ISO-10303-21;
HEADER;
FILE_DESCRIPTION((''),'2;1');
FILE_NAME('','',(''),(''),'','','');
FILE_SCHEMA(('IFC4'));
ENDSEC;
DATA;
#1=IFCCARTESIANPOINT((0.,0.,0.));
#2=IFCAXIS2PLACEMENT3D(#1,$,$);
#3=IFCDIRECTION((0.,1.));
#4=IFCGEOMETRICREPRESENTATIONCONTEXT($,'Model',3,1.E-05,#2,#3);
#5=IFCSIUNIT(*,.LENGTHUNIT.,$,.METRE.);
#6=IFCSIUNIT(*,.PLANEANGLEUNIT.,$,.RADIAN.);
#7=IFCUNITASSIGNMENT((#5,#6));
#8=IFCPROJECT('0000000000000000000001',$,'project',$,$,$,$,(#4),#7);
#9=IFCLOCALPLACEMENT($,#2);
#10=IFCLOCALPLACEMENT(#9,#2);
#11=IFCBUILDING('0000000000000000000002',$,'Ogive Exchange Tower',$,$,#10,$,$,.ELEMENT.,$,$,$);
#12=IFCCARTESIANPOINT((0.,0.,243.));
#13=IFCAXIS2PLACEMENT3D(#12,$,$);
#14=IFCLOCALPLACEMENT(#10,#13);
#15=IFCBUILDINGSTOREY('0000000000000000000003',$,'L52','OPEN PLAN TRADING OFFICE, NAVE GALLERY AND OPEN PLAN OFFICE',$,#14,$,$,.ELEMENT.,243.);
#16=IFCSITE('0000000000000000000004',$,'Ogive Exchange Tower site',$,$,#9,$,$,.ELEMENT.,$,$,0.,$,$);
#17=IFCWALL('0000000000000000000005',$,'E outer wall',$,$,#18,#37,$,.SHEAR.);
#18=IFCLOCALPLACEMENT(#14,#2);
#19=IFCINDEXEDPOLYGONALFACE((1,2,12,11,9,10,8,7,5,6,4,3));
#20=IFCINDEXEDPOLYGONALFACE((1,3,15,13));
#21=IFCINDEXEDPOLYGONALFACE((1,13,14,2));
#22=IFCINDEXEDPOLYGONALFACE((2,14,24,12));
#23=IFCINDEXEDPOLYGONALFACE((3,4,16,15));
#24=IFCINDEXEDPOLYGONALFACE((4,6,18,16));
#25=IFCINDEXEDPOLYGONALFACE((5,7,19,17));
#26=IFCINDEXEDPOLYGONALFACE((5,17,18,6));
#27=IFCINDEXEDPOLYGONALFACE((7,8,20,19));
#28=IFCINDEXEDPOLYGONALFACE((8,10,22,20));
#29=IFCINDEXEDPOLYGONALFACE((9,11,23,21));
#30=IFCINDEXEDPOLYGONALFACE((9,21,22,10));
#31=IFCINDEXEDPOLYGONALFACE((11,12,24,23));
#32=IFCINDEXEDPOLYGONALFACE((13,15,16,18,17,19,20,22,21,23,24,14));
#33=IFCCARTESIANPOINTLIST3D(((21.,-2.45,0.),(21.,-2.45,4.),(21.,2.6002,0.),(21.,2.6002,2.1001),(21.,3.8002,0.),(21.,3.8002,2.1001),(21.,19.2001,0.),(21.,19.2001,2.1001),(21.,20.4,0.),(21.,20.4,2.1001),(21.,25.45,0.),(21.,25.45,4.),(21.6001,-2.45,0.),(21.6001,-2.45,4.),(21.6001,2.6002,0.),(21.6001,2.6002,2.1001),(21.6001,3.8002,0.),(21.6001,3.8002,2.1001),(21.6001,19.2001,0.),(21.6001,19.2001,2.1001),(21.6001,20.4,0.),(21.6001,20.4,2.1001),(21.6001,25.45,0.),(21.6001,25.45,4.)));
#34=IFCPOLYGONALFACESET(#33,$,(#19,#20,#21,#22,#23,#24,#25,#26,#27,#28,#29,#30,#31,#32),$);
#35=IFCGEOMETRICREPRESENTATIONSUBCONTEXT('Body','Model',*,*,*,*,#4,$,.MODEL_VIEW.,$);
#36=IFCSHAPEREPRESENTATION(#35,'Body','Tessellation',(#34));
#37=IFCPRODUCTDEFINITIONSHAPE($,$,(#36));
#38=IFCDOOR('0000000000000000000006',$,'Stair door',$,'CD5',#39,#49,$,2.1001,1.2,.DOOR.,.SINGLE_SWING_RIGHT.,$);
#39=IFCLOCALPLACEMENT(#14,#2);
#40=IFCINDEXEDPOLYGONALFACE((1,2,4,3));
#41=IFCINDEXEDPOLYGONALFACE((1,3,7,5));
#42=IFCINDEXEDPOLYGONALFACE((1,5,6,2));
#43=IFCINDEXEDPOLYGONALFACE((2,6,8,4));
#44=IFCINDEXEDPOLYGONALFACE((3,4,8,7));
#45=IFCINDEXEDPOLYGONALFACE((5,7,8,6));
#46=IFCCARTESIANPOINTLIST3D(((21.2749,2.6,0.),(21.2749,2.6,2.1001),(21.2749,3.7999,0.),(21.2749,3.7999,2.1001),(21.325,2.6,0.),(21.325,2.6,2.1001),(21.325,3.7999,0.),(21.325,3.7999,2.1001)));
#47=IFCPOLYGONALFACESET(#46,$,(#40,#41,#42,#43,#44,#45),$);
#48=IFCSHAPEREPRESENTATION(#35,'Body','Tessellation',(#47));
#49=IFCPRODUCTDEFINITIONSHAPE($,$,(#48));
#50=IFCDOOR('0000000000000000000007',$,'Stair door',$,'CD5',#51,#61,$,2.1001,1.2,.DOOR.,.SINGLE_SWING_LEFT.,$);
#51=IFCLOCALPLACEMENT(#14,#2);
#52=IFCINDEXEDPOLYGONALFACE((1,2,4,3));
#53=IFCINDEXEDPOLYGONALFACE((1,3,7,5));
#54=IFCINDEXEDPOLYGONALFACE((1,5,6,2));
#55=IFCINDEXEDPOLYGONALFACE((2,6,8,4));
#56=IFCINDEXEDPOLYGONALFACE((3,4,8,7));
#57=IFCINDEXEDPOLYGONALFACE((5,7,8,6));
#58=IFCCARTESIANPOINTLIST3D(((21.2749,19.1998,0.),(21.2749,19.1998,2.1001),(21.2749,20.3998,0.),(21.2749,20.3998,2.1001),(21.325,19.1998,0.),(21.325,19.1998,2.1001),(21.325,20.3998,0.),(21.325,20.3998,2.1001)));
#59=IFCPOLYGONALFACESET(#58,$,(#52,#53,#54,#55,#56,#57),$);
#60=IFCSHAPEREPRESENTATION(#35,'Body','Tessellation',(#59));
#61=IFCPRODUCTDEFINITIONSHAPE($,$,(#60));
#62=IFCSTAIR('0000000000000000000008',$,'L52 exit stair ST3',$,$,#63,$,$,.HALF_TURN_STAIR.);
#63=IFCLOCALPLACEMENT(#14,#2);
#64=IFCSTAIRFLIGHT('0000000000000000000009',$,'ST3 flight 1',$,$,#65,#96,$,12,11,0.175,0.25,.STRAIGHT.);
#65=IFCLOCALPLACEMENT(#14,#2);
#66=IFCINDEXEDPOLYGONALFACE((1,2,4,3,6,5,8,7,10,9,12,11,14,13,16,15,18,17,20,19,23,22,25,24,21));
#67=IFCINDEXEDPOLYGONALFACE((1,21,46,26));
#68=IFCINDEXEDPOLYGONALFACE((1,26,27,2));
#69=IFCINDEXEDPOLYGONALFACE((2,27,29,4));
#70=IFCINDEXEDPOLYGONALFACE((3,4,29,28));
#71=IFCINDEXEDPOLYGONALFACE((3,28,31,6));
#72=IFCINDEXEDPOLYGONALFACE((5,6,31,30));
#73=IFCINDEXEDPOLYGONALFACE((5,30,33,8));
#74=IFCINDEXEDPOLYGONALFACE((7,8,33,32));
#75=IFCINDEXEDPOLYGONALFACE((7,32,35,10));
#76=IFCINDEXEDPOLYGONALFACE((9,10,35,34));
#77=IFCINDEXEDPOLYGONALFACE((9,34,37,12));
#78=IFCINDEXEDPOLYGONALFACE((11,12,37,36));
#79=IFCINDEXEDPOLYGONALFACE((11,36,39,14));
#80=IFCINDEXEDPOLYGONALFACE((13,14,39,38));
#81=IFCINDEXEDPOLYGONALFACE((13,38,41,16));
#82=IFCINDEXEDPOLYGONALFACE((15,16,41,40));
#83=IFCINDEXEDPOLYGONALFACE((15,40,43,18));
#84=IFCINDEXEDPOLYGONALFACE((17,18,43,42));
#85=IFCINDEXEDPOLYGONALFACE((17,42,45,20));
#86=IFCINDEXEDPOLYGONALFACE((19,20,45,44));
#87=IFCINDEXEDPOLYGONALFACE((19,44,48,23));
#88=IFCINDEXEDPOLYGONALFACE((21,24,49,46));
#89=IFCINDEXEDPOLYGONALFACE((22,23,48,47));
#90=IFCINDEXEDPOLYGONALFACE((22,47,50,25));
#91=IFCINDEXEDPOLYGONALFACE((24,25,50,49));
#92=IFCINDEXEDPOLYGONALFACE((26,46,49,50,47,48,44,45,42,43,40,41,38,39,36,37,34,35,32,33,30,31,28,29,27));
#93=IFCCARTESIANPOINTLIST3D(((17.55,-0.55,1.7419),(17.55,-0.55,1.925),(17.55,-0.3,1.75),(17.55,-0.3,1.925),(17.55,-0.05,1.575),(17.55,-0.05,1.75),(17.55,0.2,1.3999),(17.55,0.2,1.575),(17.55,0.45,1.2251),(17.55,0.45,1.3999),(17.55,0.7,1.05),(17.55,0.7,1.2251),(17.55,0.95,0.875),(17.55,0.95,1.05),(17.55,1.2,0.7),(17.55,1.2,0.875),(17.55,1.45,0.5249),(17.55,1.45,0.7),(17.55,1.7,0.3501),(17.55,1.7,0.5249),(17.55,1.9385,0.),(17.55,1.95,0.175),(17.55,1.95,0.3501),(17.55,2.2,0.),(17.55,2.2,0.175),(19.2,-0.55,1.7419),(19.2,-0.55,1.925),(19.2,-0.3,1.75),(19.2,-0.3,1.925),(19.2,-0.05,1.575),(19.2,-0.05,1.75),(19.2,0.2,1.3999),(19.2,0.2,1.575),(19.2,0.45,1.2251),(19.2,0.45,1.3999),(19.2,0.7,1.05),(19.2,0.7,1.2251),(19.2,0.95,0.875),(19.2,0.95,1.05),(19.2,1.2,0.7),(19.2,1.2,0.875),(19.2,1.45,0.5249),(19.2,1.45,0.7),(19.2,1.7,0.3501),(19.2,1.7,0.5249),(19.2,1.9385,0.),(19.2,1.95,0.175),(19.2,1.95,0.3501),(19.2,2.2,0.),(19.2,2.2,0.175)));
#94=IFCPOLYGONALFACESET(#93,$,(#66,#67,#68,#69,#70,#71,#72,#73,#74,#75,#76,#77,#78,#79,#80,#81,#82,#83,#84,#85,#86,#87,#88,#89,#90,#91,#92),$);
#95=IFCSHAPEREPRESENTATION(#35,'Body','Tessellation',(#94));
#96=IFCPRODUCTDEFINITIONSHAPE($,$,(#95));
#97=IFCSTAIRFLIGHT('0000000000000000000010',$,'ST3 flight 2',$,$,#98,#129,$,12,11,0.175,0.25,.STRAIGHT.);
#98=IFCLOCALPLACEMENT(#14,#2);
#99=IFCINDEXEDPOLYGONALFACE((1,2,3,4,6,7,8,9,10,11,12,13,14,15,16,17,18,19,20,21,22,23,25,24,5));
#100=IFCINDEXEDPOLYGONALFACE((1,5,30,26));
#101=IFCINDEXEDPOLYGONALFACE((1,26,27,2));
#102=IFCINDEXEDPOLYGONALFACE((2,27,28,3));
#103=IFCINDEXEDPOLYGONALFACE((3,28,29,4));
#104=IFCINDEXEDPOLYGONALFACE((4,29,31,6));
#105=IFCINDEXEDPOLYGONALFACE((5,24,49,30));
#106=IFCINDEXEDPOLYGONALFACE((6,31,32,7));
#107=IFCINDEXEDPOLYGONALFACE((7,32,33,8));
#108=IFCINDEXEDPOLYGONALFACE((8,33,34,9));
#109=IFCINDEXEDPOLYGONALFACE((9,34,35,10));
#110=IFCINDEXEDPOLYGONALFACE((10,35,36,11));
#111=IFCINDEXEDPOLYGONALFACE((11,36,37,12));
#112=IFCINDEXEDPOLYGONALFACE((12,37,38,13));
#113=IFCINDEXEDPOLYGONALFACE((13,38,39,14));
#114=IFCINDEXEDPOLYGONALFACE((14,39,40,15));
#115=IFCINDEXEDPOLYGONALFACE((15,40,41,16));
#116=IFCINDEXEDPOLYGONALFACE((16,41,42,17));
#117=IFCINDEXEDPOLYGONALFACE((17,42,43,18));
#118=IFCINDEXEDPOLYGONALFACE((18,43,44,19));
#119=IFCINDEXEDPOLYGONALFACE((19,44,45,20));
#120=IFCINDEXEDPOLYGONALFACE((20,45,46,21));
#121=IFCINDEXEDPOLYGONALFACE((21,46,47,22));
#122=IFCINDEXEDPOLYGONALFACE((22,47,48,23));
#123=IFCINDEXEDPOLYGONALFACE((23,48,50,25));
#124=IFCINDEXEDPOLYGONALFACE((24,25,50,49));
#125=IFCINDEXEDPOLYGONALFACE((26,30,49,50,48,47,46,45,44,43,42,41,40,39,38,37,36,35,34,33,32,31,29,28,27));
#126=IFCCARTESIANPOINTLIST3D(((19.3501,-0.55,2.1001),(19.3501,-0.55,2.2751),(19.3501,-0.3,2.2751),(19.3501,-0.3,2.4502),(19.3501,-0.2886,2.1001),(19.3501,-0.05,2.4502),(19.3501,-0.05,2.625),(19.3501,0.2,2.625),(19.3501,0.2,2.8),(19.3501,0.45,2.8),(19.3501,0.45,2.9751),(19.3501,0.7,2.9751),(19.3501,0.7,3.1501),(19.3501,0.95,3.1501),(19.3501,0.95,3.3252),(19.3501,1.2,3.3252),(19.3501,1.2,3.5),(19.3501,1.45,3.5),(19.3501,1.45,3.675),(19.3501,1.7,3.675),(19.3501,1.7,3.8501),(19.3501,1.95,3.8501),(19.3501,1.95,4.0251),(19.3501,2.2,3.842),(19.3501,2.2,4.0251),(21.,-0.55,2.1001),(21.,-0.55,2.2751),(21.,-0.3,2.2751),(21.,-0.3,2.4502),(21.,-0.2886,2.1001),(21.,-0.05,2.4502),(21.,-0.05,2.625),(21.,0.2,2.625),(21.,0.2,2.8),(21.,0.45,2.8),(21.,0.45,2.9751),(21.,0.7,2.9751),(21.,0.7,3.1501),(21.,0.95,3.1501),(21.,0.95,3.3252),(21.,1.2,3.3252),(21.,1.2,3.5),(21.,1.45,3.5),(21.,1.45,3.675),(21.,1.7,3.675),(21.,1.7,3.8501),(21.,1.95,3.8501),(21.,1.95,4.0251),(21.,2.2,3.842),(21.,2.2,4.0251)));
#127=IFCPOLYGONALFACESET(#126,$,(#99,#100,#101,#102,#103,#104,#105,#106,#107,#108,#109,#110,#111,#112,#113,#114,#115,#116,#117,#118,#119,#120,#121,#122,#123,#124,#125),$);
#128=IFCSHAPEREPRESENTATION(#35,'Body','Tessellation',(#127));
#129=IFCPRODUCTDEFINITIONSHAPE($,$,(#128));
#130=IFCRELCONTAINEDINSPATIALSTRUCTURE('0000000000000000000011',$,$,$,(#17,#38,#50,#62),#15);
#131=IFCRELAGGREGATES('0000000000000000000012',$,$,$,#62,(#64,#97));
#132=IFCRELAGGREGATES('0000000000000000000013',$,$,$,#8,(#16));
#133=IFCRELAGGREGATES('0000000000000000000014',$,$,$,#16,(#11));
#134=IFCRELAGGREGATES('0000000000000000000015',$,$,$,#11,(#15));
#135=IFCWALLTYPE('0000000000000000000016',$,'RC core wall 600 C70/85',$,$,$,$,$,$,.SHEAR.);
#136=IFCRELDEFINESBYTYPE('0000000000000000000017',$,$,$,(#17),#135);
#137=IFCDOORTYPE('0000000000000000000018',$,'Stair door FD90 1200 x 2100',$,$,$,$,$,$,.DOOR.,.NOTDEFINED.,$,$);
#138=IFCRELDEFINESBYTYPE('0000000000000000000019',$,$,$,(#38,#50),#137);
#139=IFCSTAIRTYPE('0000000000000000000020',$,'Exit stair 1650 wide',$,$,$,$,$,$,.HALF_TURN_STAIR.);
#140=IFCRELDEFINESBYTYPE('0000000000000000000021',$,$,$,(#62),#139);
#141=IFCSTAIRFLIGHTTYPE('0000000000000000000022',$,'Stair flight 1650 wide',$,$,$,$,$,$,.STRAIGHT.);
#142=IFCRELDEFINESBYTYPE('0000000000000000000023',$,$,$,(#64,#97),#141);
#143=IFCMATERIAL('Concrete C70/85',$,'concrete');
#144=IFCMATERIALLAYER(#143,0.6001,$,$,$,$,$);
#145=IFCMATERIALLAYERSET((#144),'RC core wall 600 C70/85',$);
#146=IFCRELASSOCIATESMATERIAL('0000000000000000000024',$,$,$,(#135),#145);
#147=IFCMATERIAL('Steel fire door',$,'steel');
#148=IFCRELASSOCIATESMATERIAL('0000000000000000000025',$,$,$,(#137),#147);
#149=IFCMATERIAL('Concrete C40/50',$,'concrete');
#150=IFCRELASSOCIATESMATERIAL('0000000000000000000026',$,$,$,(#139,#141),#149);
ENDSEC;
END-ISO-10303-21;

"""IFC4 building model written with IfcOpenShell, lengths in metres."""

from ifc_helpers import new_model, si_unit, direction, frame, frame_2d, origin, place, context, subcontext, project, spatial, polyline, rectangle, outline, extrude, material, layer, layer_set, type_object, element, fill, aggregate, save


model = new_model("IFC4")

# Units and contexts
model_context = context("Model", 3, precision=1e-05, world=origin(), true_north=direction((0.0, 1.0)))
body_context = subcontext(model_context, "Body", "Model", "MODEL_VIEW")
ifc_project = project(units=[si_unit("LENGTHUNIT", "METRE"), si_unit("PLANEANGLEUNIT", "RADIAN")], contexts=[model_context])

# Site, building, storey
site_placement = place(None, origin())
site = spatial("IfcSite", under=ifc_project, at=site_placement, Name="Ogive Exchange Tower site", CompositionType="ELEMENT", RefElevation=0.0)
building_placement = place(site_placement, origin())
building = spatial("IfcBuilding", under=site, at=building_placement, Name="Ogive Exchange Tower", CompositionType="ELEMENT")
storey_placement = place(building_placement, frame((0.0, 0.0, 243.0)))
storey = spatial("IfcBuildingStorey", under=building, at=storey_placement, Name="L52", Description="OPEN PLAN TRADING OFFICE, NAVE GALLERY AND OPEN PLAN OFFICE", CompositionType="ELEMENT", Elevation=243.0)

# Shared definitions
ifc_material_1 = material(Name="Concrete C70/85", Category="concrete")
ifc_material_2 = material(Name="Steel fire door", Category="steel")

# Wall, openings, doors
ifc_layer_1 = layer(ifc_material_1, 0.6001)
ifc_layer_set_1 = layer_set([ifc_layer_1], Name="RC core wall 600 C70/85")
wall_type_1 = type_object("IfcWallType", Name="RC core wall 600 C70/85", PredefinedType="SHEAR", material=ifc_layer_set_1)
wall_1_placement = place(storey_placement, frame((21.3, -2.45, 0.0), z_axis=(0.0, 0.0, 1.0), x_axis=(0.0, 1.0, 0.0)))
wall_1 = element("IfcWall", 1, at=wall_1_placement, inside=storey, type_object=wall_type_1, Name="E outer wall", PredefinedType="SHEAR", context=body_context, shape_type="SweptSolid", body=[
    extrude(rectangle(XDim=27.8999, YDim=0.6001, at=frame_2d((13.95, 0.0))), origin(), (0.0, 0.0, 1.0), 4.0),
])
opening_1_placement = place(wall_1_placement, frame((5.05, 0.0, 0.0)))
opening_1 = element("IfcOpeningElement", 2, at=opening_1_placement, cuts=wall_1, PredefinedType="OPENING", context=body_context, shape_type="SweptSolid", body=[
    extrude(rectangle(XDim=1.2, YDim=2.1001, at=frame_2d((0.6001, 1.05))), frame((0.0, 0.3101, 0.0), z_axis=(0.0, -1.0, 0.0), x_axis=(1.0, 0.0, 0.0)), (0.0, 0.0, 1.0), 0.6201),
])
opening_2_placement = place(wall_1_placement, frame((21.6499, 0.0, 0.0)))
opening_2 = element("IfcOpeningElement", 3, at=opening_2_placement, cuts=wall_1, PredefinedType="OPENING", context=body_context, shape_type="SweptSolid", body=[
    extrude(rectangle(XDim=1.2, YDim=2.1001, at=frame_2d((0.6001, 1.05))), frame((0.0, 0.3101, 0.0), z_axis=(0.0, -1.0, 0.0), x_axis=(1.0, 0.0, 0.0)), (0.0, 0.0, 1.0), 0.6201),
])
door_type_1 = type_object("IfcDoorType", Name="Stair door FD90 1200 x 2100", OperationType="NOTDEFINED", PredefinedType="DOOR", material=ifc_material_2)
door_1_placement = place(opening_1_placement, frame((1.2, 0.0, 0.0), z_axis=(0.0, 0.0, 1.0), x_axis=(-1.0, 0.0, 0.0)))
door_1 = element("IfcDoor", 4, at=door_1_placement, inside=storey, type_object=door_type_1, Name="Stair door", ObjectType="CD5", OperationType="SINGLE_SWING_RIGHT", OverallHeight=2.1001, OverallWidth=1.2, PredefinedType="DOOR", context=body_context, shape_type="SweptSolid", body=[
    extrude(rectangle(XDim=1.2, YDim=2.1001, at=frame_2d((0.6001, 1.05))), frame((0.0, 0.0249, 0.0), z_axis=(0.0, -1.0, 0.0), x_axis=(1.0, 0.0, 0.0)), (0.0, 0.0, 1.0), 0.05),
])
fill(opening_1, door_1)
door_2_placement = place(opening_2_placement, frame((1.2, 0.0, 0.0), z_axis=(0.0, 0.0, 1.0), x_axis=(-1.0, 0.0, 0.0)))
door_2 = element("IfcDoor", 5, at=door_2_placement, inside=storey, type_object=door_type_1, Name="Stair door", ObjectType="CD5", OperationType="SINGLE_SWING_LEFT", OverallHeight=2.1001, OverallWidth=1.2, PredefinedType="DOOR", context=body_context, shape_type="SweptSolid", body=[
    extrude(rectangle(XDim=1.2, YDim=2.1001, at=frame_2d((0.6001, 1.05))), frame((0.0, 0.0249, 0.0), z_axis=(0.0, -1.0, 0.0), x_axis=(1.0, 0.0, 0.0)), (0.0, 0.0, 1.0), 0.05),
])
fill(opening_2, door_2)

# Stair, stair flights
ifc_material_3 = material(Name="Concrete C40/50", Category="concrete")
stair_type = type_object("IfcStairType", Name="Exit stair 1650 wide", PredefinedType="HALF_TURN_STAIR", material=ifc_material_3)
stair_placement = place(storey_placement, origin())
stair = element("IfcStair", 6, at=stair_placement, inside=storey, type_object=stair_type, Name="L52 exit stair ST3", PredefinedType="HALF_TURN_STAIR")
stair_flight_type = type_object("IfcStairFlightType", Name="Stair flight 1650 wide", PredefinedType="STRAIGHT", material=ifc_material_3)
stair_flight_1_placement = place(storey_placement, frame((18.375, 2.2, 0.0), z_axis=(0.0, 0.0, 1.0), x_axis=(0.0, -1.0, 0.0)))
stair_flight_1 = element("IfcStairFlight", 7, at=stair_flight_1_placement, type_object=stair_flight_type, Name="ST3 flight 1", NumberOfRisers=12, NumberOfTreads=11, PredefinedType="STRAIGHT", RiserHeight=0.175, TreadLength=0.25, context=body_context, shape_type="SweptSolid", body=[
    extrude(outline(polyline([(0.0, 0.0), (0.0, 0.175), (0.25, 0.175), (0.25, 0.3501), (0.5, 0.3501), (0.5, 0.5249), (0.75, 0.5249), (0.75, 0.7), (1.0, 0.7), (1.0, 0.875), (1.25, 0.875), (1.25, 1.05), (1.5, 1.05), (1.5, 1.2251), (1.75, 1.2251), (1.75, 1.3999), (2.0, 1.3999), (2.0, 1.575), (2.25, 1.575), (2.25, 1.75), (2.5, 1.75), (2.5, 1.925), (2.75, 1.925), (2.75, 2.1001), (2.75, 1.7419), (0.2615, 0.0), (0.0, 0.0)])), frame((0.0, 0.825, 0.0), z_axis=(0.0, -1.0, 0.0), x_axis=(1.0, 0.0, 0.0)), (0.0, 0.0, 1.0), 1.6499),
])
stair_flight_2_placement = place(storey_placement, frame((20.175, -0.55, 2.1001), z_axis=(0.0, 0.0, 1.0), x_axis=(0.0, 1.0, 0.0)))
stair_flight_2 = element("IfcStairFlight", 8, at=stair_flight_2_placement, type_object=stair_flight_type, Name="ST3 flight 2", NumberOfRisers=12, NumberOfTreads=11, PredefinedType="STRAIGHT", RiserHeight=0.175, TreadLength=0.25, context=body_context, shape_type="SweptSolid", body=[
    extrude(outline(polyline([(0.0, 0.0), (0.0, 0.175), (0.25, 0.175), (0.25, 0.3501), (0.5, 0.3501), (0.5, 0.5249), (0.75, 0.5249), (0.75, 0.7), (1.0, 0.7), (1.0, 0.875), (1.25, 0.875), (1.25, 1.05), (1.5, 1.05), (1.5, 1.2251), (1.75, 1.2251), (1.75, 1.3999), (2.0, 1.3999), (2.0, 1.575), (2.25, 1.575), (2.25, 1.75), (2.5, 1.75), (2.5, 1.925), (2.75, 1.925), (2.75, 2.1001), (2.75, 1.7419), (0.2615, 0.0), (0.0, 0.0)])), frame((0.0, 0.825, 0.0), z_axis=(0.0, -1.0, 0.0), x_axis=(1.0, 0.0, 0.0)), (0.0, 0.0, 1.0), 1.6499),
])
aggregate(stair, [stair_flight_1, stair_flight_2])

save(model, "model.ifc")
